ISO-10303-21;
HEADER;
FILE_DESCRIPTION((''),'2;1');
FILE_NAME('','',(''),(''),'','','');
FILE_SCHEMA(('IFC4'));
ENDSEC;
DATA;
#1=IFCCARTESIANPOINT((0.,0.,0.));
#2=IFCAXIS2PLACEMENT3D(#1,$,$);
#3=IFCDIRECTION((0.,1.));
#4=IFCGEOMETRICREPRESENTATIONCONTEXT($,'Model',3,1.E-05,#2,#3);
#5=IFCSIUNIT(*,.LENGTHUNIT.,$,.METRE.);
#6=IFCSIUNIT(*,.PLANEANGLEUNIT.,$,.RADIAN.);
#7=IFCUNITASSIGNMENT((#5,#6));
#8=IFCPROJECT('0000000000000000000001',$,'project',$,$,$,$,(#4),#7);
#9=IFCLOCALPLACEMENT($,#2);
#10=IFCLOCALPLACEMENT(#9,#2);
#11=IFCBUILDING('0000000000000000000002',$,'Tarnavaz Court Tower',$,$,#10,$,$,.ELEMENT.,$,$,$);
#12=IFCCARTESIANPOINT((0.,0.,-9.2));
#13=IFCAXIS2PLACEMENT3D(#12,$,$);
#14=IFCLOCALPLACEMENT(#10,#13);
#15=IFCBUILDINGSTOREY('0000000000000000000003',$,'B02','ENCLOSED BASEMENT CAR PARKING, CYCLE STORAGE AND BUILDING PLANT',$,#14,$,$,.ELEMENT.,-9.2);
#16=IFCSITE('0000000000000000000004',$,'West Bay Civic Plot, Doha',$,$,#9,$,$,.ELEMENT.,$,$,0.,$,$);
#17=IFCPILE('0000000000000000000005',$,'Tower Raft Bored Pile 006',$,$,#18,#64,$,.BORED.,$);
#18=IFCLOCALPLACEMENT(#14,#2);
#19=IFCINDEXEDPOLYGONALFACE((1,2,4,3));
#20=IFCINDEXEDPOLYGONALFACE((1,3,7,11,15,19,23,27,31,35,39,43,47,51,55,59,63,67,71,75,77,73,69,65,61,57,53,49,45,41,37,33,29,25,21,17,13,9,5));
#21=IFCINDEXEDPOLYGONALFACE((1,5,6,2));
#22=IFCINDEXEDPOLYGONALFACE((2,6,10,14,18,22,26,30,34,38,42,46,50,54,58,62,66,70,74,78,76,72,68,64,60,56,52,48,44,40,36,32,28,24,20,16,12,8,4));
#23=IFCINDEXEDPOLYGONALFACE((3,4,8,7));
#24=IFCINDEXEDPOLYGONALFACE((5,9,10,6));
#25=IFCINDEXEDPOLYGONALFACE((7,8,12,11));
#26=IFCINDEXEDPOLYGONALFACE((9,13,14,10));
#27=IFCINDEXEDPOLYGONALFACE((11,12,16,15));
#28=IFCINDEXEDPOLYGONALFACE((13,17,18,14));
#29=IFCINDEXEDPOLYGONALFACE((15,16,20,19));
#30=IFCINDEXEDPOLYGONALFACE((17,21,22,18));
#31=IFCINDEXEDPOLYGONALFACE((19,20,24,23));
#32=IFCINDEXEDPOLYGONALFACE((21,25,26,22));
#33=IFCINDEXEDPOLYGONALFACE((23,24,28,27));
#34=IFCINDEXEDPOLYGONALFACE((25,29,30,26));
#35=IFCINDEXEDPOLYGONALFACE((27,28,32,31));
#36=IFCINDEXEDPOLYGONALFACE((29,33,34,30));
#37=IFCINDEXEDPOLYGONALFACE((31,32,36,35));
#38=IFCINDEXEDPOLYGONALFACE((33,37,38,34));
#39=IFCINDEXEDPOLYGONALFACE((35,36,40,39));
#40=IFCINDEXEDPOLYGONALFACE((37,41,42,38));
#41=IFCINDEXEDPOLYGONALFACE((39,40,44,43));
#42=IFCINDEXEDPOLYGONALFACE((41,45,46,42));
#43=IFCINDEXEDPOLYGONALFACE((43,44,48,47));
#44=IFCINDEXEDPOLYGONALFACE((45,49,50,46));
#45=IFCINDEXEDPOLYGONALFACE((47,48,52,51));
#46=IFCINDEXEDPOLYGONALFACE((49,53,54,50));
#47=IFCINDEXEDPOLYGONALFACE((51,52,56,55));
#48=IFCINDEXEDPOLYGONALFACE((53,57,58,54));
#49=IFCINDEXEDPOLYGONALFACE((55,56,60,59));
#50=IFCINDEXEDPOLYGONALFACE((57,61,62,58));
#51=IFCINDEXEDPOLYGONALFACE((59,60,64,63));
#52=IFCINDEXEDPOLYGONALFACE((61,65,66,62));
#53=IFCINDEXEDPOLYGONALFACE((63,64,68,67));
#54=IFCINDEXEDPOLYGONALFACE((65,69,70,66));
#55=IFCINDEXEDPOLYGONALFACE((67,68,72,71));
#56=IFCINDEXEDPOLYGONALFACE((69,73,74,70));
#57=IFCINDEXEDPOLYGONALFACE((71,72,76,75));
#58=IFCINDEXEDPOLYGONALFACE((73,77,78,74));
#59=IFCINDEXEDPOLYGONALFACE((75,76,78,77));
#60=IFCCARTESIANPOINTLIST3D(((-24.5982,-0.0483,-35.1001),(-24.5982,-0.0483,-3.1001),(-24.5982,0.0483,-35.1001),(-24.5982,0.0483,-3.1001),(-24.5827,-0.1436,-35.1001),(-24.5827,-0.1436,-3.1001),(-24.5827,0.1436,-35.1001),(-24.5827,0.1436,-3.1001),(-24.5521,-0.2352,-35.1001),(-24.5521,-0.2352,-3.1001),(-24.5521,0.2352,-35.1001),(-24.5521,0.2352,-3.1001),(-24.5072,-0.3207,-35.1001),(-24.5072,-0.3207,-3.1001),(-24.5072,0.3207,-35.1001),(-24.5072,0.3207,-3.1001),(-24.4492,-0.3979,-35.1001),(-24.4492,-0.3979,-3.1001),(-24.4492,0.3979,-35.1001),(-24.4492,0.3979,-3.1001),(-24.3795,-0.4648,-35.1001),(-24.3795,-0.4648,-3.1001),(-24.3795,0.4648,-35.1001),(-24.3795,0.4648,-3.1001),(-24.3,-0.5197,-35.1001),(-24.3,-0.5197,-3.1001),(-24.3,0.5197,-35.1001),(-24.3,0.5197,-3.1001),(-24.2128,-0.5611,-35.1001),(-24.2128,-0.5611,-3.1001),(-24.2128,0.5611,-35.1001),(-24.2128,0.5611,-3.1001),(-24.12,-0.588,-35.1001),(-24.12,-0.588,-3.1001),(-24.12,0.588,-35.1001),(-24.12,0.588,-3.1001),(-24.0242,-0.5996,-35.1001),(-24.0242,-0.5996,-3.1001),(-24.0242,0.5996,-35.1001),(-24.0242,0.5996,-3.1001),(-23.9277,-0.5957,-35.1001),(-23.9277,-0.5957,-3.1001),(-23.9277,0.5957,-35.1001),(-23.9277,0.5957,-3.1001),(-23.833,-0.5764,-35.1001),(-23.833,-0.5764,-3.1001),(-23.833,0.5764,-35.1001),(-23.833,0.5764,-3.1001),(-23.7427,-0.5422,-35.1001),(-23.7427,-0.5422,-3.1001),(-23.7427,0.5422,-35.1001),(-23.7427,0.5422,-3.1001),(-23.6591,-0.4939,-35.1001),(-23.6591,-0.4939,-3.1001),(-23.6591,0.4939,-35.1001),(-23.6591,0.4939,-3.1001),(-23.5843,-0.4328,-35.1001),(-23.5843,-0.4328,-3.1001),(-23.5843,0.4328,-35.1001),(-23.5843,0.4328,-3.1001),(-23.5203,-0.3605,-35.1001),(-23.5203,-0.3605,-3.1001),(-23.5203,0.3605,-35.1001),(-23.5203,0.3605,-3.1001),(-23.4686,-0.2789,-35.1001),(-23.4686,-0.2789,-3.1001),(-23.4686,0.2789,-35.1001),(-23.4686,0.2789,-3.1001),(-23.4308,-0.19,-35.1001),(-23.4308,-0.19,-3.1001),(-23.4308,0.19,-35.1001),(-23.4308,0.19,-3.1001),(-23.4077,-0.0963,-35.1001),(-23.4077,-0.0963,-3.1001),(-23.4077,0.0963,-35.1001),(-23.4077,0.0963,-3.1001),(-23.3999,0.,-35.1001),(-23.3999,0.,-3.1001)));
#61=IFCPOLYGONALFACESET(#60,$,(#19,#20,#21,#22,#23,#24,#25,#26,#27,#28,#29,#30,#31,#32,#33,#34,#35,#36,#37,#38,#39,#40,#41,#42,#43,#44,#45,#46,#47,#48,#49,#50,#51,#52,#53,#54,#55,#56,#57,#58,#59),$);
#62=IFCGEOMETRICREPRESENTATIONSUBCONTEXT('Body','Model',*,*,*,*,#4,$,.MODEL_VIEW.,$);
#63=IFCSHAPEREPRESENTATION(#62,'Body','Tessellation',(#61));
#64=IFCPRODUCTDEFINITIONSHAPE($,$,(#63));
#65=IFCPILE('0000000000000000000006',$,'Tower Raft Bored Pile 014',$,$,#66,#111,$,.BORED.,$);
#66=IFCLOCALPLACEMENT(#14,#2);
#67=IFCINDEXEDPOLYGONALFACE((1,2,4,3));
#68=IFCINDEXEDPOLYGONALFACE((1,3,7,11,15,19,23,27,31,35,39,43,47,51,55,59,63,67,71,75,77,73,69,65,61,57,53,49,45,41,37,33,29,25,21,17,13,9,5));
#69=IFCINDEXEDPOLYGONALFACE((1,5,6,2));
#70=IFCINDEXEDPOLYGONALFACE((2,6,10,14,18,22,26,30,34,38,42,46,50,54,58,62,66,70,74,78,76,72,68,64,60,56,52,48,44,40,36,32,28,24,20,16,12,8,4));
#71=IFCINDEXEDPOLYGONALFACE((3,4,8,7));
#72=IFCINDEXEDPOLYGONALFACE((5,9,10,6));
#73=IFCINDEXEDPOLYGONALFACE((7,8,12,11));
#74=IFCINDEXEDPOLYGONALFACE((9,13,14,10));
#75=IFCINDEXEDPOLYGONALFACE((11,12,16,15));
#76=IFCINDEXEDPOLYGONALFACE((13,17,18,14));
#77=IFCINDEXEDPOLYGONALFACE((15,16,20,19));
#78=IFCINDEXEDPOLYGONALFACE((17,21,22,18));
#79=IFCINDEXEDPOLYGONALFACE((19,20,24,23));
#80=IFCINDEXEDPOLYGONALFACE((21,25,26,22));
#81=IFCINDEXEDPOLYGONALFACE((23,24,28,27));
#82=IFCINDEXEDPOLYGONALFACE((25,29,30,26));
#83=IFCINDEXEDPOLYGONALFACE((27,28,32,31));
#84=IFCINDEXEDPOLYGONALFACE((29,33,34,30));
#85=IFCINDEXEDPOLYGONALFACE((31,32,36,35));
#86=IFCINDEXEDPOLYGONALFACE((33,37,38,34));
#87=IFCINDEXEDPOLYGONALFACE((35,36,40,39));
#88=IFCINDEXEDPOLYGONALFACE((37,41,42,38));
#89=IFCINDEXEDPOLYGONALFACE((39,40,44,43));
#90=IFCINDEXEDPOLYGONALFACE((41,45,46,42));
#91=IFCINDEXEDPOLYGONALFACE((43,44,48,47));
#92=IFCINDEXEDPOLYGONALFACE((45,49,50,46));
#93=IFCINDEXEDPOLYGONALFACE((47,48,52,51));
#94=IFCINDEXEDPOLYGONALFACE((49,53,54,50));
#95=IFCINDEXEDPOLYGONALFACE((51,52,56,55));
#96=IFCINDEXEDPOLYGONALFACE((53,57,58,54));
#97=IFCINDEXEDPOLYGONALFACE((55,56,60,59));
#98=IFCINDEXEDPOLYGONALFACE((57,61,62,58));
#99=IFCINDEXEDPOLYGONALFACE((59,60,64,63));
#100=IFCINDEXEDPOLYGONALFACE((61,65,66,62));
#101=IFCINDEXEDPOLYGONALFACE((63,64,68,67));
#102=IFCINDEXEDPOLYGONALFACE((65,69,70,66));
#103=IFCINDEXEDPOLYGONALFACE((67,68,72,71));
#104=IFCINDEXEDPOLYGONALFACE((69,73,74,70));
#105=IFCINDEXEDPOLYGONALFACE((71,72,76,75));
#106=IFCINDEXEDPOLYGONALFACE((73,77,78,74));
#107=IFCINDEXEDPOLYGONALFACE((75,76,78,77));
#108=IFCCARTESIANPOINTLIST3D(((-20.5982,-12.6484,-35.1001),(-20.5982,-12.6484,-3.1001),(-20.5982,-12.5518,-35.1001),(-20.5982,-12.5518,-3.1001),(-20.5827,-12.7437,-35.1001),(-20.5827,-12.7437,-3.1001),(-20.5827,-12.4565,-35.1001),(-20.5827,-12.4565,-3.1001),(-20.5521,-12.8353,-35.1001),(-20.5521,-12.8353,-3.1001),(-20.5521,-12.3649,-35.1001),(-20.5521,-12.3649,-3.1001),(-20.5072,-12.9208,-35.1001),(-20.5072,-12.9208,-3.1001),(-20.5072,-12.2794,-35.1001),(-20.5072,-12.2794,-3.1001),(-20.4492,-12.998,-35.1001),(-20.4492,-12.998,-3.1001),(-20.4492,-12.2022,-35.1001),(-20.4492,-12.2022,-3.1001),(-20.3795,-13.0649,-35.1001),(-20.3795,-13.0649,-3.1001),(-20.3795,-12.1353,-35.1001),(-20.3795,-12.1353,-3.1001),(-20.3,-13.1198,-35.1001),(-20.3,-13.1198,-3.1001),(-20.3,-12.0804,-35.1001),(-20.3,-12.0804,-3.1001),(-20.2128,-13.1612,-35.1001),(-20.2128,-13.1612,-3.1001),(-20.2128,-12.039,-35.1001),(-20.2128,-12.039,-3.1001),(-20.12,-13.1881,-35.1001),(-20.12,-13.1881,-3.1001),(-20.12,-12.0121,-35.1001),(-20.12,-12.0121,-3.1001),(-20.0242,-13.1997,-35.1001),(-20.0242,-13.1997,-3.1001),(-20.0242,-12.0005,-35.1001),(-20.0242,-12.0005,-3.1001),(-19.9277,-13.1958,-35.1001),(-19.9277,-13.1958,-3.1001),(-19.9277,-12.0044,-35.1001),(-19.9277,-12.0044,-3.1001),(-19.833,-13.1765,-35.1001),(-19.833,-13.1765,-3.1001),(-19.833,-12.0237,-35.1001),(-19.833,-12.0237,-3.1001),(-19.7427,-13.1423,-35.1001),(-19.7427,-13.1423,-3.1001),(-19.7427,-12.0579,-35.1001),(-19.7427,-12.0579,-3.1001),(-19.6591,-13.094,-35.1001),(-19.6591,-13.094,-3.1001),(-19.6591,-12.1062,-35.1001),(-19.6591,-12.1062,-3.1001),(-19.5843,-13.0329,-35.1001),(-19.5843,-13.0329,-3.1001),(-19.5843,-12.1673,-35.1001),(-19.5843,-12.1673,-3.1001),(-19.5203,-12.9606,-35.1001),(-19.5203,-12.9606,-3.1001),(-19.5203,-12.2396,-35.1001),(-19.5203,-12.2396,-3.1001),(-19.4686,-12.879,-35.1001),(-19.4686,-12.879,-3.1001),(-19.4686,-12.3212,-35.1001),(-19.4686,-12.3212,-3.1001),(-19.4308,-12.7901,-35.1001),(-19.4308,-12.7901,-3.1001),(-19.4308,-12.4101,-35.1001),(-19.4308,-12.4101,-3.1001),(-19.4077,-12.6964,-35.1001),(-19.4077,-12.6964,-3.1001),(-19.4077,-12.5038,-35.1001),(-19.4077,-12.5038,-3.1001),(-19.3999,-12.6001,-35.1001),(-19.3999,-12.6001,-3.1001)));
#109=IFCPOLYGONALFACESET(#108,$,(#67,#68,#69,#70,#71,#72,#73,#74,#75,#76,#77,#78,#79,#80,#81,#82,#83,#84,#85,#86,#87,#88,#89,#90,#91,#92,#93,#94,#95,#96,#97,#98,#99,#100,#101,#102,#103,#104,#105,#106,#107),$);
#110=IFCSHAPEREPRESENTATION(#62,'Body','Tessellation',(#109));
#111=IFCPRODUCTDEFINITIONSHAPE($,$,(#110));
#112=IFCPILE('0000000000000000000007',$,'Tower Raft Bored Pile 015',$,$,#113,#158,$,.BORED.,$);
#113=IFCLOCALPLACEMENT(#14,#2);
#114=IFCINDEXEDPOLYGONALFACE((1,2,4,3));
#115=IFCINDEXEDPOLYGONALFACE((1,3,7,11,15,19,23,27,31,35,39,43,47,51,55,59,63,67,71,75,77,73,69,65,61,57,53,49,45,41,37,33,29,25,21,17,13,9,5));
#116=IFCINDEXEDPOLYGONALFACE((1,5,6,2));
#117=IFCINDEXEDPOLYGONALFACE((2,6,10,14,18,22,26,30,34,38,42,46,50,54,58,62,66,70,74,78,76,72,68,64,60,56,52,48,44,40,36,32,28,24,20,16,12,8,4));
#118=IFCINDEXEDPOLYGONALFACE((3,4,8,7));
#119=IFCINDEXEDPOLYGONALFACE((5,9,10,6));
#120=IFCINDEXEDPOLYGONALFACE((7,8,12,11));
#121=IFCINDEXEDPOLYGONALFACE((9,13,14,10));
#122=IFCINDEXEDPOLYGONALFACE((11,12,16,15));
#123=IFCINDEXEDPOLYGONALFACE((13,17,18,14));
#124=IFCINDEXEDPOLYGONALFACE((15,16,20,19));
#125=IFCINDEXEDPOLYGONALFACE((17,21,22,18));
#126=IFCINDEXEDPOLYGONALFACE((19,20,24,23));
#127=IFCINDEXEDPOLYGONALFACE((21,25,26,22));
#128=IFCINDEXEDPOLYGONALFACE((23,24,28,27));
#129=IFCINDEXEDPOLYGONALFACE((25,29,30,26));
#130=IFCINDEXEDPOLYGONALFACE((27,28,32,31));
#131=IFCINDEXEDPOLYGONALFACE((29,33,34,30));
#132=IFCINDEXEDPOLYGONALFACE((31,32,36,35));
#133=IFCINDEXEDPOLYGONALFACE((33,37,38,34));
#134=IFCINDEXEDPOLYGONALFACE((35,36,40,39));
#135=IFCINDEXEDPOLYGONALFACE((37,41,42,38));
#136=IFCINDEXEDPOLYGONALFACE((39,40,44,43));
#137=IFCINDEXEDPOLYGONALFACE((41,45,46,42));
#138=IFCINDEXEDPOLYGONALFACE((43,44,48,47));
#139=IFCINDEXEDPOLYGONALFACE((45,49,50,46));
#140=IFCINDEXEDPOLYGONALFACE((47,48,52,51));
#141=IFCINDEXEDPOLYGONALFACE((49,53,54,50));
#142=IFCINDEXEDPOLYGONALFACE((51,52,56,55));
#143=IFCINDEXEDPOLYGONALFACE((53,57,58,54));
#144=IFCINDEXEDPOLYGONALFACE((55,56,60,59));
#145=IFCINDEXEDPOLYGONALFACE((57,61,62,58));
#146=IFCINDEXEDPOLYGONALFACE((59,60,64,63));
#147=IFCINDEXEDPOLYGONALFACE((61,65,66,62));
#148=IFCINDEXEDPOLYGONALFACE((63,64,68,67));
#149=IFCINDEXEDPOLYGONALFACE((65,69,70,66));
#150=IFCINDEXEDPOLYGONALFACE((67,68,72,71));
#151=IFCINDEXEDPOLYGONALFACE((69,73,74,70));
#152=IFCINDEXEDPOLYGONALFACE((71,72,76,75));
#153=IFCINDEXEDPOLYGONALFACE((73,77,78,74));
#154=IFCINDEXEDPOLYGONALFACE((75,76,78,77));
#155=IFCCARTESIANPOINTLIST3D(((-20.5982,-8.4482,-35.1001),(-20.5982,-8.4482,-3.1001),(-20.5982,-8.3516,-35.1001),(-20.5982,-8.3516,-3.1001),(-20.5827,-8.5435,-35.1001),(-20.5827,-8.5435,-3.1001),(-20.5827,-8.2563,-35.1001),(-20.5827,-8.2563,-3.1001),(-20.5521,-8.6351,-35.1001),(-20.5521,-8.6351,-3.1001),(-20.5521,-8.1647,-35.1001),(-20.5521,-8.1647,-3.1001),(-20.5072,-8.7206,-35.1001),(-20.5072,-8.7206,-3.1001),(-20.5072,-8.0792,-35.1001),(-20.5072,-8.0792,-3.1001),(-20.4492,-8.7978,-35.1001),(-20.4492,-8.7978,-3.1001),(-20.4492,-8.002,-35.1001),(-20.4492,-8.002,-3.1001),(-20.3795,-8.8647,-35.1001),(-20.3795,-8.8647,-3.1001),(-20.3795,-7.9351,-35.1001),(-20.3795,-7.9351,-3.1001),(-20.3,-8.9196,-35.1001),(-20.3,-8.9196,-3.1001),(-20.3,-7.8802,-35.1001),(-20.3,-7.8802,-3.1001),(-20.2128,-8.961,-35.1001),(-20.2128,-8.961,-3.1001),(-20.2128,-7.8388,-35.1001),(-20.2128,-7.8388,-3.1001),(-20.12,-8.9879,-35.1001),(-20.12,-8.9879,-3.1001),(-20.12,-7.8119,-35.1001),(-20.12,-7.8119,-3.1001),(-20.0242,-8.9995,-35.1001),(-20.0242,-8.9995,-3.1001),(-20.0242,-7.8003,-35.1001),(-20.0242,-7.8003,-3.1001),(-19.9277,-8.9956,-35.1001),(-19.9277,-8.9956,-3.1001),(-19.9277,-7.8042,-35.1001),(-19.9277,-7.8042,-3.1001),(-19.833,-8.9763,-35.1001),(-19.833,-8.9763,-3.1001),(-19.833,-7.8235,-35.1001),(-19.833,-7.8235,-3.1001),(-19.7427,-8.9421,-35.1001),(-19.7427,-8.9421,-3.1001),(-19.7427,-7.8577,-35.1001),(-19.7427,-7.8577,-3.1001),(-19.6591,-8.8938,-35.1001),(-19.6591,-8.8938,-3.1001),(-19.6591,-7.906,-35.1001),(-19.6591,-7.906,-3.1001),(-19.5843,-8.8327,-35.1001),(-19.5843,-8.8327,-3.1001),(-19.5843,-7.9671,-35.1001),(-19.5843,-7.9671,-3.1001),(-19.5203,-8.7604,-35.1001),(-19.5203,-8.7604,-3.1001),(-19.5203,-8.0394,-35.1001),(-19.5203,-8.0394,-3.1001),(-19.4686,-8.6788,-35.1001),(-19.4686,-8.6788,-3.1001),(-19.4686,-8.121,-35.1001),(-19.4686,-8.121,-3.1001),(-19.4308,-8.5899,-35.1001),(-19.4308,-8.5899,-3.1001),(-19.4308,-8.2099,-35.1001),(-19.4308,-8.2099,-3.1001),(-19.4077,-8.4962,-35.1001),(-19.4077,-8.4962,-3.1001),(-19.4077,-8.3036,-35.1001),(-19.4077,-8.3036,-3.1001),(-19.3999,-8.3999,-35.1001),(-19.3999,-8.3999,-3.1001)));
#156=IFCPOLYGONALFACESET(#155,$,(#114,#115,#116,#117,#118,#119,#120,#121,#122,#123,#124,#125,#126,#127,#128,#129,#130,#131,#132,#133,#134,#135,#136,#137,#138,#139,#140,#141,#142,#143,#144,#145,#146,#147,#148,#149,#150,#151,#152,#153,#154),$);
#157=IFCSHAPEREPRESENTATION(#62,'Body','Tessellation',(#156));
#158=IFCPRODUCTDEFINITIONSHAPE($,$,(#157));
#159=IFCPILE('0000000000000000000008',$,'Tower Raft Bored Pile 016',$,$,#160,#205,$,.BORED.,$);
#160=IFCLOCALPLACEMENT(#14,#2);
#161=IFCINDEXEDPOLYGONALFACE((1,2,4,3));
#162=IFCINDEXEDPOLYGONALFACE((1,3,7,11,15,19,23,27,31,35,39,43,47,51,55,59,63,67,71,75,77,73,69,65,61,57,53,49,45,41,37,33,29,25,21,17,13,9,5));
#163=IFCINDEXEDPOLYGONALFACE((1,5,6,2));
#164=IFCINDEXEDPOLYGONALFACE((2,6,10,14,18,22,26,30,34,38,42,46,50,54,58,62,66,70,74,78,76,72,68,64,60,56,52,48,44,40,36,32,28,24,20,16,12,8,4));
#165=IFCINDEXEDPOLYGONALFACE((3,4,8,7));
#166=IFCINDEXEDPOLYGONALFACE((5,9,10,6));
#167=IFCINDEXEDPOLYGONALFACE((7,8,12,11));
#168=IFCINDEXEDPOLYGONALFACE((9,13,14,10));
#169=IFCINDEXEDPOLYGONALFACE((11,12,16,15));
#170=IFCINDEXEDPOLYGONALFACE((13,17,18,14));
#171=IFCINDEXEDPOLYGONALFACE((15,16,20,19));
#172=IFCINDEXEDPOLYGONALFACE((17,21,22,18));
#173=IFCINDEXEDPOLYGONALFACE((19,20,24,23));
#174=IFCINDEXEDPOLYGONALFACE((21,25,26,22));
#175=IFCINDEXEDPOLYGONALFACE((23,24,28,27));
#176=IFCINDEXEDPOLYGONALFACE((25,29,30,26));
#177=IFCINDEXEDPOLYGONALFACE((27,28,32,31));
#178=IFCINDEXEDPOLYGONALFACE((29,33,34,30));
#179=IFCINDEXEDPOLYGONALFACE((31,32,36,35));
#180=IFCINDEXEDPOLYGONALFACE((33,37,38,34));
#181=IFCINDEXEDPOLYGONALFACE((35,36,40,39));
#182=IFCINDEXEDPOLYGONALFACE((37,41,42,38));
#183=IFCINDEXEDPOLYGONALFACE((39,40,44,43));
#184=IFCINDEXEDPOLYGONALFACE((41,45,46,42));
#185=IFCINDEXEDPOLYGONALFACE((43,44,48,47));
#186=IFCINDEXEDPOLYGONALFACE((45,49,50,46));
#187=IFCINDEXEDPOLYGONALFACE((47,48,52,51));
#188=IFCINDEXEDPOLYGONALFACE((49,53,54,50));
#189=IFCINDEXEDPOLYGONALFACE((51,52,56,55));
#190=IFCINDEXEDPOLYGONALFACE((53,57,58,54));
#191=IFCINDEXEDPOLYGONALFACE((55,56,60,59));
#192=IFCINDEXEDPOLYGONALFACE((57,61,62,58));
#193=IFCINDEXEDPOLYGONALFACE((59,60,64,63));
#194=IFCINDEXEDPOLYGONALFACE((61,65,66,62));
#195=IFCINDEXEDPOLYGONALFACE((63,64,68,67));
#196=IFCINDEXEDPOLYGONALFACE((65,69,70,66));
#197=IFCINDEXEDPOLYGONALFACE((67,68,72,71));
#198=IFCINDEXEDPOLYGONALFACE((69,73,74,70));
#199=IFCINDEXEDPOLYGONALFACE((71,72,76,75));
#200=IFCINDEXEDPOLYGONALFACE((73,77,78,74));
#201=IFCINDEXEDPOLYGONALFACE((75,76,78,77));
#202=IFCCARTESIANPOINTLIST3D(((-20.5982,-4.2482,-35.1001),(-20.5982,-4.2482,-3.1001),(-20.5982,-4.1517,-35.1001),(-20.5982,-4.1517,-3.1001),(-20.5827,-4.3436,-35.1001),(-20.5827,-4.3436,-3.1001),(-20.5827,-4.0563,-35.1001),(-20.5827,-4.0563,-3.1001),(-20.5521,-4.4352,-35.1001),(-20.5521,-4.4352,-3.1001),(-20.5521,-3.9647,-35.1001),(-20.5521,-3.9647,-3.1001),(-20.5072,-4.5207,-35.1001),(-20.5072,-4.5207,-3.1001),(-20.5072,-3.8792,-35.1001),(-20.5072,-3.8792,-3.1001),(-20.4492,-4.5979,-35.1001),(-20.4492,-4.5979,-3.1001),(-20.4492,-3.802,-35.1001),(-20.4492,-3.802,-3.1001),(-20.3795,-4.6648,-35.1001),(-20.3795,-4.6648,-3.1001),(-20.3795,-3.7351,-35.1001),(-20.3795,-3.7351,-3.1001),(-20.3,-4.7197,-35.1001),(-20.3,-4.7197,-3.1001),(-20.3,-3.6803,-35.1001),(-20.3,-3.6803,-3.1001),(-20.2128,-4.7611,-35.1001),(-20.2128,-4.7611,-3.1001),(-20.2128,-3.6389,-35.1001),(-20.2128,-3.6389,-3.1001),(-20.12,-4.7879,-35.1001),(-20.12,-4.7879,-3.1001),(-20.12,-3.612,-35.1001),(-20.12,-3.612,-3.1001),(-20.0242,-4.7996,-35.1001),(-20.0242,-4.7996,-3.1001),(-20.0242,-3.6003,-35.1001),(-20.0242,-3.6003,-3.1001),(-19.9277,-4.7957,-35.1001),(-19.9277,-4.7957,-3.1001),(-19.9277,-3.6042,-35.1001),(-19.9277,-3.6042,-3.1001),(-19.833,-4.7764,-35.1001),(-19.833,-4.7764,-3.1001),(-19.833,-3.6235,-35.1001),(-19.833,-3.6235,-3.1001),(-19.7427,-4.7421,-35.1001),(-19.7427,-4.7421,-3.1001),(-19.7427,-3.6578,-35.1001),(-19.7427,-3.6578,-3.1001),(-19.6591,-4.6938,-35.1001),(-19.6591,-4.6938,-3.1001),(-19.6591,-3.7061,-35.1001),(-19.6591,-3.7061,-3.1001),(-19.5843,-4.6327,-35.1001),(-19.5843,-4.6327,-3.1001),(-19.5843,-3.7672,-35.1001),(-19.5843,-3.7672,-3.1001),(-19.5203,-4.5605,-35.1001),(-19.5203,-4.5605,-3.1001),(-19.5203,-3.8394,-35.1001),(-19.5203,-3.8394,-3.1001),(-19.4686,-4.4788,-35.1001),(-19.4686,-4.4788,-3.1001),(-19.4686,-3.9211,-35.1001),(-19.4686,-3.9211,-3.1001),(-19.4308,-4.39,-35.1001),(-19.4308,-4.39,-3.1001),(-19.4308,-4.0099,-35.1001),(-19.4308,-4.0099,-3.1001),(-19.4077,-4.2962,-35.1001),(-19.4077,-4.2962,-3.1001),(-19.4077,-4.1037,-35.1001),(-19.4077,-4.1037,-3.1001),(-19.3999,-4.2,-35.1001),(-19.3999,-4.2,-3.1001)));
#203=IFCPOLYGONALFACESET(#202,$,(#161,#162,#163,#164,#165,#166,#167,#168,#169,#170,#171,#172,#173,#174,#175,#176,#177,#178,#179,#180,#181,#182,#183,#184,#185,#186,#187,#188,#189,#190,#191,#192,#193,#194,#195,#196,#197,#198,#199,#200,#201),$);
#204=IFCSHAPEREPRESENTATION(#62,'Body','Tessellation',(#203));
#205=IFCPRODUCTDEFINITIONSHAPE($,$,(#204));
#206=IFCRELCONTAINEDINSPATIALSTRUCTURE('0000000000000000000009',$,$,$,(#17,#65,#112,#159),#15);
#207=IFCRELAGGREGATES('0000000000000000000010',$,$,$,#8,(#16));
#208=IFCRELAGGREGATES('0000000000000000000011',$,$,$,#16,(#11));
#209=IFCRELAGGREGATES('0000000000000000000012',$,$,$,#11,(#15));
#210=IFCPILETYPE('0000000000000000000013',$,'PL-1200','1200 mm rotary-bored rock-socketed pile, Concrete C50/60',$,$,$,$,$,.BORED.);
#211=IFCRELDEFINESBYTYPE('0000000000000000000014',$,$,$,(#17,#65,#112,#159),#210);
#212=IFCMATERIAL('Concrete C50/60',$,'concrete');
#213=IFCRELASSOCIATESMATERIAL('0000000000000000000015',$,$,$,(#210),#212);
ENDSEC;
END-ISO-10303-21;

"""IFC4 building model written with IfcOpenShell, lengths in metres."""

from ifc_helpers import new_model, si_unit, direction, frame, origin, origin_2d, place, context, subcontext, project, spatial, circle, extrude, material, material_profile, profile_set, type_object, element, save


model = new_model("IFC4")

# Units and contexts
model_context = context("Model", 3, precision=1e-05, world=origin(), true_north=direction((0.0, 1.0)))
body_context = subcontext(model_context, "Body", "Model", "MODEL_VIEW")
ifc_project = project(units=[si_unit("LENGTHUNIT", "METRE"), si_unit("PLANEANGLEUNIT", "RADIAN")], contexts=[model_context])

# Site, building, storey
site_placement = place(None, origin())
site = spatial("IfcSite", under=ifc_project, at=site_placement, Name="West Bay Civic Plot, Doha", CompositionType="ELEMENT", RefElevation=0.0)
building_placement = place(site_placement, origin())
building = spatial("IfcBuilding", under=site, at=building_placement, Name="Tarnavaz Court Tower", CompositionType="ELEMENT")
storey_placement = place(building_placement, frame((0.0, 0.0, -9.2)))
storey = spatial("IfcBuildingStorey", under=building, at=storey_placement, Name="B02", Description="ENCLOSED BASEMENT CAR PARKING, CYCLE STORAGE AND BUILDING PLANT", CompositionType="ELEMENT", Elevation=-9.2)

# Shared definitions
ifc_material_1 = material(Name="Concrete C50/60", Category="concrete")

# Piles
ifc_material_profile_1 = material_profile(ifc_material_1, circle(Radius=0.6001, at=origin_2d()), Name="PILE D1200")
ifc_profile_set_1 = profile_set([ifc_material_profile_1], Name="Concrete C50/60")
pile_type_1 = type_object("IfcPileType", Name="PL-1200", Description="1200 mm rotary-bored rock-socketed pile, Concrete C50/60", PredefinedType="BORED", material=ifc_profile_set_1)
for number, where, z_axis, x_axis, name in (
    (1, (-24.0, 0.0, -3.1001), (0.0, 0.0, -1.0), (1.0, 0.0, 0.0), "Tower Raft Bored Pile 006"),
    (2, (-20.0, -12.6001, -3.1001), (0.0, 0.0, -1.0), (1.0, 0.0, 0.0), "Tower Raft Bored Pile 014"),
    (3, (-20.0, -8.3999, -3.1001), (0.0, 0.0, -1.0), (1.0, 0.0, 0.0), "Tower Raft Bored Pile 015"),
    (4, (-20.0, -4.2, -3.1001), (0.0, 0.0, -1.0), (1.0, 0.0, 0.0), "Tower Raft Bored Pile 016"),
):
    element("IfcPile", number, at=place(storey_placement, frame(where, z_axis=z_axis, x_axis=x_axis)), inside=storey, type_object=pile_type_1, Name=name, PredefinedType="BORED", context=body_context, shape_type="SweptSolid", body=[
        extrude(circle(Radius=0.6001, at=origin_2d()), origin(), (0.0, 0.0, 1.0), 32.0),
    ])

save(model, "model.ifc")
